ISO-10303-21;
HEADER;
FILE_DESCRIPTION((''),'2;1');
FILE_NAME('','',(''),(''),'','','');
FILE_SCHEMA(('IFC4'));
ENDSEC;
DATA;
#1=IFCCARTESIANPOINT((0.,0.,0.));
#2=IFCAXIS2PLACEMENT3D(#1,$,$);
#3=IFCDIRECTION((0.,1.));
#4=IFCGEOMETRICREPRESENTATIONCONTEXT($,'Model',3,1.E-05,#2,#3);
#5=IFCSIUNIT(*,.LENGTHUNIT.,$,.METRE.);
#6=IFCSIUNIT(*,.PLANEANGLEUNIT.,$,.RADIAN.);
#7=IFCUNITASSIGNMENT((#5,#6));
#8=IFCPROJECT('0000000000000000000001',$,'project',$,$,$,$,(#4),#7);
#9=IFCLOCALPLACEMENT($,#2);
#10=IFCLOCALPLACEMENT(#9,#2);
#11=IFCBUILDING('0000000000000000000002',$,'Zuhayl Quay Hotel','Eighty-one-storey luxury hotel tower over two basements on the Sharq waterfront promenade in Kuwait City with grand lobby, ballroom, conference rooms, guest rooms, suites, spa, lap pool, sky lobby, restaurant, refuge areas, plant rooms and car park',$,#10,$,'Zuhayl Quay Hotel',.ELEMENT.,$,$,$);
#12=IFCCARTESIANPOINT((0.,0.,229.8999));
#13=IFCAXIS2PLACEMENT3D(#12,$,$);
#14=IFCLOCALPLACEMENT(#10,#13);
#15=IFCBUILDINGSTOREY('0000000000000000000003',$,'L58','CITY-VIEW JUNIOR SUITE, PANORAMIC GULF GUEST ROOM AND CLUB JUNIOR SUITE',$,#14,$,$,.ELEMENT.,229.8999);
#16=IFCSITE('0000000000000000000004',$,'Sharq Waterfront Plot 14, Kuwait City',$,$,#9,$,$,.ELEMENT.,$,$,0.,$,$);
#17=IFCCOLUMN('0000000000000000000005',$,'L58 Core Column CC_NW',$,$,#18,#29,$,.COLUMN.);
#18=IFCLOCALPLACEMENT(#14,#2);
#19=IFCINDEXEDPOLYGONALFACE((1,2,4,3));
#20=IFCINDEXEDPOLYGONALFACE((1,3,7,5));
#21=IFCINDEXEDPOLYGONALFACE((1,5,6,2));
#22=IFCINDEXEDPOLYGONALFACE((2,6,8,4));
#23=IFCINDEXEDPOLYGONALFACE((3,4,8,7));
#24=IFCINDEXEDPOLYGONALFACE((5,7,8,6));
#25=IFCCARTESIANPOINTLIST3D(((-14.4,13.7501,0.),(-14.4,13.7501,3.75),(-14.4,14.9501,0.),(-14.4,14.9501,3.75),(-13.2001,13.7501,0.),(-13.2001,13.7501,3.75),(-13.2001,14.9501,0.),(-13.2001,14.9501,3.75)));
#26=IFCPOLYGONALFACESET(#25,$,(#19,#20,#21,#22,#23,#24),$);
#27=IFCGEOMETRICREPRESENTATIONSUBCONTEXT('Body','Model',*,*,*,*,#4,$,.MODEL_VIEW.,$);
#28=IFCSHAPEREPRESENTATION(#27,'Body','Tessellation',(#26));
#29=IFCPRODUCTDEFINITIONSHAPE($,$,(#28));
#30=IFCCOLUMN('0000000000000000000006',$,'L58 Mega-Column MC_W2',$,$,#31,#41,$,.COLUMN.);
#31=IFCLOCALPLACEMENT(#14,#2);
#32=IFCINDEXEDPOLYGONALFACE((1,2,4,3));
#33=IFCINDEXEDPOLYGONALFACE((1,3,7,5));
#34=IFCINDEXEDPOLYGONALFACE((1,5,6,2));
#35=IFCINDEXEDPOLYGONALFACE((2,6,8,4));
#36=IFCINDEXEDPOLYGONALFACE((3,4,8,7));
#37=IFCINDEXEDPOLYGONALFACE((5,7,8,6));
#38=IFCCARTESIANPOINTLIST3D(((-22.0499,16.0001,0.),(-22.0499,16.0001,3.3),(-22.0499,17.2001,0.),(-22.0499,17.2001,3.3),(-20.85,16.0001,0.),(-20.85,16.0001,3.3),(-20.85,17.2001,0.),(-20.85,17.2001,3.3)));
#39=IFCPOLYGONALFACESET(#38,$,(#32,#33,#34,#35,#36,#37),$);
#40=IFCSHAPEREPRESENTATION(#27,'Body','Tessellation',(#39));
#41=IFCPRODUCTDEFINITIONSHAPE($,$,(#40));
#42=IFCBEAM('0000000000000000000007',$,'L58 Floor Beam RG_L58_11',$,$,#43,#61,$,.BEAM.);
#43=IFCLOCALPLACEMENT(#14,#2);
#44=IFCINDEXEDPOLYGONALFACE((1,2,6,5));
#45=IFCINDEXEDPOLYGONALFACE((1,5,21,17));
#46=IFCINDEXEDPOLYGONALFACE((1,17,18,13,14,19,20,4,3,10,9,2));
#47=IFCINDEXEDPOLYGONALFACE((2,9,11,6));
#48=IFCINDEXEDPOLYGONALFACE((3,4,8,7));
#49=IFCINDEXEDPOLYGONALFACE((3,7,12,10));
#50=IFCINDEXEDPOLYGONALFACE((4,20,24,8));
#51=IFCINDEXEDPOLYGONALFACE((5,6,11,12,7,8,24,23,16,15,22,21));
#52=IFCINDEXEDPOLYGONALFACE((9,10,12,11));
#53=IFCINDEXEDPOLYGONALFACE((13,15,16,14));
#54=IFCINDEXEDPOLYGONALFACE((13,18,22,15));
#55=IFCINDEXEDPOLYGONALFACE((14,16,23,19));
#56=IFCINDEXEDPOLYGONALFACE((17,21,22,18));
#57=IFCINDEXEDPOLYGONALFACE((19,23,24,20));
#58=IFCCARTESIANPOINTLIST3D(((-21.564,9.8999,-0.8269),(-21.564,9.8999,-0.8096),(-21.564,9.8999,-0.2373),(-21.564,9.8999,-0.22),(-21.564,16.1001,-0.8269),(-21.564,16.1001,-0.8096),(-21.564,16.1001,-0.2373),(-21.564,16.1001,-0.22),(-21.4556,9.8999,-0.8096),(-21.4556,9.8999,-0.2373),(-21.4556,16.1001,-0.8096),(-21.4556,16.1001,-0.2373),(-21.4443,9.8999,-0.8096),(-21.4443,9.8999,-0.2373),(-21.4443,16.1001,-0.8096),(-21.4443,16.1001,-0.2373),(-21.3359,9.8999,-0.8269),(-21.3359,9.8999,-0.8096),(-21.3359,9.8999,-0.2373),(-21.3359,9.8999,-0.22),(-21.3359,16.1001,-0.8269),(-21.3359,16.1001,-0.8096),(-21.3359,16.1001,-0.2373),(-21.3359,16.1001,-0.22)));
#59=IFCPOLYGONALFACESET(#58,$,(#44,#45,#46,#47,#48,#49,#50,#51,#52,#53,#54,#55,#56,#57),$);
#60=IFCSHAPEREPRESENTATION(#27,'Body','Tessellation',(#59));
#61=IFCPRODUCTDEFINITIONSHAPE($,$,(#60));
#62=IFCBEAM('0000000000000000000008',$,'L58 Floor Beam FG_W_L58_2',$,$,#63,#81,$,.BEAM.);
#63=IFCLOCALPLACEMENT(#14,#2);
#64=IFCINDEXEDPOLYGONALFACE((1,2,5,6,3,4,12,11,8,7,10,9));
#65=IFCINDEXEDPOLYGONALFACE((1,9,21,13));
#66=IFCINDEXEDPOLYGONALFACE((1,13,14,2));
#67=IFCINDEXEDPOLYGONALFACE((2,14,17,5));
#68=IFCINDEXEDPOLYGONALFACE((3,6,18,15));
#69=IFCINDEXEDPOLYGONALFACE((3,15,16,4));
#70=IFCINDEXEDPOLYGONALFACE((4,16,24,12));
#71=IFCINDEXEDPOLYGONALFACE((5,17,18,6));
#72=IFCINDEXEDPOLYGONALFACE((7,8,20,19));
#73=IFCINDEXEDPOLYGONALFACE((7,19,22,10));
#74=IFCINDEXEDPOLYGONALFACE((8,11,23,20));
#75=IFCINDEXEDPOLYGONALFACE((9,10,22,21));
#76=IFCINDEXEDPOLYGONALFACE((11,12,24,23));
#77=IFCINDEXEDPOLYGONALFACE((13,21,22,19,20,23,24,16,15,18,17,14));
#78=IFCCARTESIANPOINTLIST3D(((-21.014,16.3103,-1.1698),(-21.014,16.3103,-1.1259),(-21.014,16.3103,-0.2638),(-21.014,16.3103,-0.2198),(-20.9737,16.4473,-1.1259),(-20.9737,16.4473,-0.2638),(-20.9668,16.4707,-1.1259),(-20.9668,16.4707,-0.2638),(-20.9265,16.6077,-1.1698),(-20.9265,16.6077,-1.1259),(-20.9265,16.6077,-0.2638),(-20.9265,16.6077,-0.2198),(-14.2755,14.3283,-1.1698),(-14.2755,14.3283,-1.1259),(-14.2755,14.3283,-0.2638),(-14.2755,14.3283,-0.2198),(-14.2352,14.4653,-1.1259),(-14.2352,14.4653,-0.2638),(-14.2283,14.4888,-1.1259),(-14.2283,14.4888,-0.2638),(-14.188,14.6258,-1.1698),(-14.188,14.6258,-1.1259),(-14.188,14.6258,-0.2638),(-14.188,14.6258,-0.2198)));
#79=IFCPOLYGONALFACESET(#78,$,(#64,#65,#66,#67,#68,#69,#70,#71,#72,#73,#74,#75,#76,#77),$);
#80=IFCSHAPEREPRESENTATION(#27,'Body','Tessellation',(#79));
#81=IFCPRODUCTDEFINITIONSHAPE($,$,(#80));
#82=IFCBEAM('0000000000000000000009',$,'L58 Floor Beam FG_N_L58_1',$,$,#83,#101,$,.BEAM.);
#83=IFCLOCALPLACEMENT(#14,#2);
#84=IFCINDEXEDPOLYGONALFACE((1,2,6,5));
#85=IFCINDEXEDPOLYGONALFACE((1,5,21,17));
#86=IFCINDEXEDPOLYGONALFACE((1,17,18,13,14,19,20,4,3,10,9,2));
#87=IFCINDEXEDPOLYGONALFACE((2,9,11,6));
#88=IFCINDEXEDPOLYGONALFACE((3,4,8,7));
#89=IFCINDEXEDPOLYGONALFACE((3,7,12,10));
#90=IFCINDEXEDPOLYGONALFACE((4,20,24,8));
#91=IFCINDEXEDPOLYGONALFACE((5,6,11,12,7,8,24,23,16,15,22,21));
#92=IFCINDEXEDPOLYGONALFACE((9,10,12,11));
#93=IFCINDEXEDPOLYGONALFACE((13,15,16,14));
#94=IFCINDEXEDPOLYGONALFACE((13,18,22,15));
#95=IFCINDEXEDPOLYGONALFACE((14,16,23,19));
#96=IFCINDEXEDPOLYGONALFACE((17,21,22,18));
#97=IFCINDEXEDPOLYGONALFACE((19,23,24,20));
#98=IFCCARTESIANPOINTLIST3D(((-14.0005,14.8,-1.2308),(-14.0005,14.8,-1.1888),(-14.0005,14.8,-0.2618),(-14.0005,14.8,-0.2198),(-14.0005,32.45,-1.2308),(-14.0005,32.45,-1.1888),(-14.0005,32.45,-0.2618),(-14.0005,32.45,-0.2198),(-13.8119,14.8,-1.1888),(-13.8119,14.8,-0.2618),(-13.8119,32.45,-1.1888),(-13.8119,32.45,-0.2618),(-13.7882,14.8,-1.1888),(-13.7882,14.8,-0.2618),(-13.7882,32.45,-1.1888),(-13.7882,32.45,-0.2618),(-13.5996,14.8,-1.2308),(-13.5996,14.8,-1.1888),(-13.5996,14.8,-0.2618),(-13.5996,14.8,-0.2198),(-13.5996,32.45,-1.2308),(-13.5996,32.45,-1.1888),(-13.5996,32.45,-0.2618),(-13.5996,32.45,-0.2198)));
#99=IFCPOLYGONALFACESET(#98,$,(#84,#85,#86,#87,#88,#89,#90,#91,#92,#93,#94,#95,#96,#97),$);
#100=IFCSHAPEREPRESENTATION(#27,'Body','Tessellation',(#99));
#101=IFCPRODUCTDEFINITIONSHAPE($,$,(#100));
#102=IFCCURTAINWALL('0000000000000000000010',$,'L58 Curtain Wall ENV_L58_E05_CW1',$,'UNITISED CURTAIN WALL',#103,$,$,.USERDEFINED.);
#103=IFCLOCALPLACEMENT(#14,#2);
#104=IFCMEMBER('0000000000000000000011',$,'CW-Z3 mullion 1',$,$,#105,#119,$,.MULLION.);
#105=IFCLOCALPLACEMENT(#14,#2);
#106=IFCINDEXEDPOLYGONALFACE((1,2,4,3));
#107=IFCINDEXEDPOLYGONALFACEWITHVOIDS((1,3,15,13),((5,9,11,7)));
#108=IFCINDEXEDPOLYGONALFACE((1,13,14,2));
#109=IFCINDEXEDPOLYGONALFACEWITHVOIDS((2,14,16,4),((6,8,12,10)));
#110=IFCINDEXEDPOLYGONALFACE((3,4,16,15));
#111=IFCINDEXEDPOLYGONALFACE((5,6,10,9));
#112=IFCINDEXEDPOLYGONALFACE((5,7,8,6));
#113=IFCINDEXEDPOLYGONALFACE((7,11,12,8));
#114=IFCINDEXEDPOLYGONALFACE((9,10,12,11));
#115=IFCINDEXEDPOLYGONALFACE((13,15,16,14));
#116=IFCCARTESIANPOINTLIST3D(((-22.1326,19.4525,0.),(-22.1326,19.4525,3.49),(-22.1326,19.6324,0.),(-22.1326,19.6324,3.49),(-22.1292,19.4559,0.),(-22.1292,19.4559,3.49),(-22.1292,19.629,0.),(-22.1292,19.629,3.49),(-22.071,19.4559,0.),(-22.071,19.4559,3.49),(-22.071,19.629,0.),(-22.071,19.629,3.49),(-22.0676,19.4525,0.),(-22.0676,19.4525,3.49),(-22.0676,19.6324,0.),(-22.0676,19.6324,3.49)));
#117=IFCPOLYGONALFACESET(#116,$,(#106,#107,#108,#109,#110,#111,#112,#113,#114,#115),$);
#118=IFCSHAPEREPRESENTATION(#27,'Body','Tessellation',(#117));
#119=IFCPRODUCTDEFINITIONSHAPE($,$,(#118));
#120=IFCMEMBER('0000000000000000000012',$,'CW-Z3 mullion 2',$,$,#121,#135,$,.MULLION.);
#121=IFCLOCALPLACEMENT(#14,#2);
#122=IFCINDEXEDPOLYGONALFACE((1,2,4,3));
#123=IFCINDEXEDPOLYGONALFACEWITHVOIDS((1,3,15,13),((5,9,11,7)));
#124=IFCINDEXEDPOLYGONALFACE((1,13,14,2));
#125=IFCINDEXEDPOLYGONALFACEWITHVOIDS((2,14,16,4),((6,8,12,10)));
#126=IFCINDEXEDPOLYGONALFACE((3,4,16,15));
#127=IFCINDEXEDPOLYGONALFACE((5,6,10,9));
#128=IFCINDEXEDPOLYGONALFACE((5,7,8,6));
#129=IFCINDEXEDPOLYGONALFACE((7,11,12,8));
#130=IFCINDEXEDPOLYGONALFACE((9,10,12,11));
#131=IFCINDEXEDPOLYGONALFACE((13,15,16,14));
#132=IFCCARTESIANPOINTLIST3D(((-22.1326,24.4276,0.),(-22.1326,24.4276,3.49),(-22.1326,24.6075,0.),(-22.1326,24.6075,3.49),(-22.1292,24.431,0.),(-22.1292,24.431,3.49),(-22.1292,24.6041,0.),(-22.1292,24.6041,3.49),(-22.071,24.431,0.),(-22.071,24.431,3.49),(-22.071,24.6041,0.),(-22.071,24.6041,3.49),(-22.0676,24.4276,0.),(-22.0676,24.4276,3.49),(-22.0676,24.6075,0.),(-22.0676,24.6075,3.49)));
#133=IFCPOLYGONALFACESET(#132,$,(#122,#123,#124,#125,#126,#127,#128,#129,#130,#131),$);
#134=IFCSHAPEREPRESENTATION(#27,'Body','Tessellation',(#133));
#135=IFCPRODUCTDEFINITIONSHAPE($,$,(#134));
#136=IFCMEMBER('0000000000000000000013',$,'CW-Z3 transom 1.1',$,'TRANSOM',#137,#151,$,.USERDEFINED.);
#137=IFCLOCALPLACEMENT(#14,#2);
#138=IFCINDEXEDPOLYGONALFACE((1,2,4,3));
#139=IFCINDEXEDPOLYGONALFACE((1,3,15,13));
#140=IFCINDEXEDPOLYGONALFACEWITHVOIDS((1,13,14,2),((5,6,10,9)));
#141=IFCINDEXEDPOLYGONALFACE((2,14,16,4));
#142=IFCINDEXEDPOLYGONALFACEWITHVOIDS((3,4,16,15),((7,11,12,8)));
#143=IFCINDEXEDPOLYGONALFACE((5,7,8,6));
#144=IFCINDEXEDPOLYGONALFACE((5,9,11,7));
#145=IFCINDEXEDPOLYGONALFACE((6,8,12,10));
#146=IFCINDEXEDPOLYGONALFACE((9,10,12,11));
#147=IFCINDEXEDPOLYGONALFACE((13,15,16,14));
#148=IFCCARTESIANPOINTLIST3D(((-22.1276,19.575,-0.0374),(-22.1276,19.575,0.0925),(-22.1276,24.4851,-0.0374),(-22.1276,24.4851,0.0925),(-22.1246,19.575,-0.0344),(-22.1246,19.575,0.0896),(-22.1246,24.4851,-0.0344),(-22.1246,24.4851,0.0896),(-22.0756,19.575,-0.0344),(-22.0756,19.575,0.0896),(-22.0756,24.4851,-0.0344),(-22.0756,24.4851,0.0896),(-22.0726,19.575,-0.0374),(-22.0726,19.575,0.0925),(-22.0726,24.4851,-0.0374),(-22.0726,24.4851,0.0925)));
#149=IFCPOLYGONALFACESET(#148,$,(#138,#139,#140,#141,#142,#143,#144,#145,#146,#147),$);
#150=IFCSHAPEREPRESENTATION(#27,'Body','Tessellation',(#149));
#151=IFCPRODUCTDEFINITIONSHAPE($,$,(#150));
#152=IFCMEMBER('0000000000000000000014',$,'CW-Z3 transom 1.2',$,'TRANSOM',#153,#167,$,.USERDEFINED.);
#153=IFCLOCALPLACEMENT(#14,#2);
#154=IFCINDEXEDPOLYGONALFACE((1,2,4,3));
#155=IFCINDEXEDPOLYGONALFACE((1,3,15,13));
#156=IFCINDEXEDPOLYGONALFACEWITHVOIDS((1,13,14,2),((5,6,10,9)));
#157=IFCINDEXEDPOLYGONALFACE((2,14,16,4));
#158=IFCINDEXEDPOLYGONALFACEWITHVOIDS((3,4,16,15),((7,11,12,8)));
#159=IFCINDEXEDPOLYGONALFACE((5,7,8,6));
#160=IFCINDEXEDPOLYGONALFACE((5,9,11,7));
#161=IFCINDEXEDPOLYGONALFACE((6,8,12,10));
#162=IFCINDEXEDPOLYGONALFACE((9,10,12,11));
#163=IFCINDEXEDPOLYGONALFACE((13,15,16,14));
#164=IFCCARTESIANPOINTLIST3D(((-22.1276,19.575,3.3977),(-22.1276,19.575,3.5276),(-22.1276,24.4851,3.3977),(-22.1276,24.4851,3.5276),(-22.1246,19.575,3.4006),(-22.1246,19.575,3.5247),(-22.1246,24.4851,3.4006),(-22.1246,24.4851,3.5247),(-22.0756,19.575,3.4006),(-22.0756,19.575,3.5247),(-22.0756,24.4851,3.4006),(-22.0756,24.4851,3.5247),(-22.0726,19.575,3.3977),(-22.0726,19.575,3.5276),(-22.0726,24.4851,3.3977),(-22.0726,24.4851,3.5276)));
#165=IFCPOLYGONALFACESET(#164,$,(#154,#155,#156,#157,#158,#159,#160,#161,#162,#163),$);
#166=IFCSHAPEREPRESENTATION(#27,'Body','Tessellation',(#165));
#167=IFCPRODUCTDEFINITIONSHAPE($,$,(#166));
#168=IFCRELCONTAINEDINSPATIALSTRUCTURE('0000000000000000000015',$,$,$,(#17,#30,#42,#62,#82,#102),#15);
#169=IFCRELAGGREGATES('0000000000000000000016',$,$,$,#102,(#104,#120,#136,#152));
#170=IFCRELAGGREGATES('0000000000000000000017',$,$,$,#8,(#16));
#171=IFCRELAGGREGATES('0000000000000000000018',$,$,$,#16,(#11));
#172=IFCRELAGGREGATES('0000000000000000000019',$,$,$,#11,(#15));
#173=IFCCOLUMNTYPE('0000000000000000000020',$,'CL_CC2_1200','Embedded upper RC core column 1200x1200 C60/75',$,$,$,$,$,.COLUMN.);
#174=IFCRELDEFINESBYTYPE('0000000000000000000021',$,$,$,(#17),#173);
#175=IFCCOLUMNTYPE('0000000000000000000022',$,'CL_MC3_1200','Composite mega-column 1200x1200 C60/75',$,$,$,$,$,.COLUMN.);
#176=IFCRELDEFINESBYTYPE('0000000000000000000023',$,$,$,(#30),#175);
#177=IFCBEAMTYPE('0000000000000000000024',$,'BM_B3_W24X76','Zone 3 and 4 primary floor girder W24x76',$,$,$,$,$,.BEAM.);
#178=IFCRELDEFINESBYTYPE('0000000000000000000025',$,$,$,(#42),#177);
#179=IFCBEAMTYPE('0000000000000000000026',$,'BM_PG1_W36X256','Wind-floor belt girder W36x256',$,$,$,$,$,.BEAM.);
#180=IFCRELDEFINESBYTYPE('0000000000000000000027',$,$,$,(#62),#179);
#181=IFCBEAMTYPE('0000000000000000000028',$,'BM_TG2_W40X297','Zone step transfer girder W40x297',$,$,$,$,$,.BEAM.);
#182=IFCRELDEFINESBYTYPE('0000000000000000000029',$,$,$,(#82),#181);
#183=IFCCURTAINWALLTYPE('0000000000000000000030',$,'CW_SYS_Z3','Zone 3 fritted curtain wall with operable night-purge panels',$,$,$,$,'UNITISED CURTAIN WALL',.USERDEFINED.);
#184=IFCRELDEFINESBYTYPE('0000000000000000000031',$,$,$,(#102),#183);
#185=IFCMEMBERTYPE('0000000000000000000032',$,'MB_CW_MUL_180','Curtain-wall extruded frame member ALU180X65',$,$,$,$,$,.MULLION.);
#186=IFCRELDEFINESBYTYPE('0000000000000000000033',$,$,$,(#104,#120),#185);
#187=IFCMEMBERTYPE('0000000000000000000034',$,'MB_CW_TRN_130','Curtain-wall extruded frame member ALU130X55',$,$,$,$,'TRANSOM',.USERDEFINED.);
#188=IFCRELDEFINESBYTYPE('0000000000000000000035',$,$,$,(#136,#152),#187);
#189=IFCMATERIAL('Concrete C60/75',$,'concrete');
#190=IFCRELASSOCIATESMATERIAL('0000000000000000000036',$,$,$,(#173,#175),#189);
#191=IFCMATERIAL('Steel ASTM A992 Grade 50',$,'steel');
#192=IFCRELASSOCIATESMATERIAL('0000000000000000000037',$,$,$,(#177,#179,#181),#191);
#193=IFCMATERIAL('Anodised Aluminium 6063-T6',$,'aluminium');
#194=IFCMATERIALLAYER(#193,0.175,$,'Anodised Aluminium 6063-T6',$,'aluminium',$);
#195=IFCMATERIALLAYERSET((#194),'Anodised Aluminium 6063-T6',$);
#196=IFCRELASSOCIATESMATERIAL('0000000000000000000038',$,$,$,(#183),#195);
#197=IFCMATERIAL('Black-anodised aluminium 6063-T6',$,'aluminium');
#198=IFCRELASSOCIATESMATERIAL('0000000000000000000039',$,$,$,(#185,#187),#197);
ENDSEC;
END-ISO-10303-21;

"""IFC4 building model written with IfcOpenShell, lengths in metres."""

from ifc_helpers import new_model, si_unit, direction, frame, origin, origin_2d, place, context, subcontext, project, spatial, rectangle, hollow_rectangle, i_section, extrude, material, layer, layer_set, material_profile, profile_set, type_object, element, aggregate, save


model = new_model("IFC4")

# Units and contexts
model_context = context("Model", 3, precision=1e-05, world=origin(), true_north=direction((0.0, 1.0)))
body_context = subcontext(model_context, "Body", "Model", "MODEL_VIEW")
ifc_project = project(units=[si_unit("LENGTHUNIT", "METRE"), si_unit("PLANEANGLEUNIT", "RADIAN")], contexts=[model_context])

# Site, building, storey
site_placement = place(None, origin())
site = spatial("IfcSite", under=ifc_project, at=site_placement, Name="Sharq Waterfront Plot 14, Kuwait City", CompositionType="ELEMENT", RefElevation=0.0)
building_placement = place(site_placement, origin())
building = spatial("IfcBuilding", under=site, at=building_placement, Name="Zuhayl Quay Hotel", Description="Eighty-one-storey luxury hotel tower over two basements on the Sharq waterfront promenade in Kuwait City with grand lobby, ballroom, conference rooms, guest rooms, suites, spa, lap pool, sky lobby, restaurant, refuge areas, plant rooms and car park", LongName="Zuhayl Quay Hotel", CompositionType="ELEMENT")
storey_placement = place(building_placement, frame((0.0, 0.0, 229.8999)))
storey = spatial("IfcBuildingStorey", under=building, at=storey_placement, Name="L58", Description="CITY-VIEW JUNIOR SUITE, PANORAMIC GULF GUEST ROOM AND CLUB JUNIOR SUITE", CompositionType="ELEMENT", Elevation=229.8999)

# Columns
ifc_material_1 = material(Name="Concrete C60/75", Category="concrete")
ifc_material_profile_1 = material_profile(ifc_material_1, rectangle(XDim=1.2, YDim=1.2, at=origin_2d()), Name="RC1200X1200")
ifc_profile_set_1 = profile_set([ifc_material_profile_1], Name="Concrete C60/75")
column_type_1 = type_object("IfcColumnType", Name="CL_CC2_1200", Description="Embedded upper RC core column 1200x1200 C60/75", PredefinedType="COLUMN", material=ifc_profile_set_1)
column_1_placement = place(storey_placement, frame((-13.8, 14.3501, 0.0), z_axis=(0.0, 0.0, 1.0), x_axis=(1.0, 0.0, 0.0)))
element("IfcColumn", 1, at=column_1_placement, inside=storey, type_object=column_type_1, Name="L58 Core Column CC_NW", PredefinedType="COLUMN", context=body_context, shape_type="SweptSolid", body=[
    extrude(rectangle(XDim=1.2, YDim=1.2, at=origin_2d()), origin(), (0.0, 0.0, 1.0), 3.75),
])
ifc_material_profile_2 = material_profile(ifc_material_1, rectangle(XDim=1.2, YDim=1.2, at=origin_2d()), Name="RC1200X1200")
ifc_profile_set_2 = profile_set([ifc_material_profile_2], Name="Concrete C60/75")
column_type_2 = type_object("IfcColumnType", Name="CL_MC3_1200", Description="Composite mega-column 1200x1200 C60/75", PredefinedType="COLUMN", material=ifc_profile_set_2)
column_2_placement = place(storey_placement, frame((-21.45, 16.6001, 0.0), z_axis=(0.0, 0.0, 1.0), x_axis=(1.0, 0.0, 0.0)))
element("IfcColumn", 2, at=column_2_placement, inside=storey, type_object=column_type_2, Name="L58 Mega-Column MC_W2", PredefinedType="COLUMN", context=body_context, shape_type="SweptSolid", body=[
    extrude(rectangle(XDim=1.2, YDim=1.2, at=origin_2d()), origin(), (0.0, 0.0, 1.0), 3.3),
])

# Beams
ifc_material_2 = material(Name="Steel ASTM A992 Grade 50", Category="steel")
ifc_material_profile_3 = material_profile(ifc_material_2, i_section(OverallWidth=0.228, OverallDepth=0.6069, WebThickness=0.0112, FlangeThickness=0.0173, at=origin_2d()), Name="W24X76")
ifc_profile_set_3 = profile_set([ifc_material_profile_3], Name="Steel ASTM A992 Grade 50")
beam_type_1 = type_object("IfcBeamType", Name="BM_B3_W24X76", Description="Zone 3 and 4 primary floor girder W24x76", PredefinedType="BEAM", material=ifc_profile_set_3)
beam_1_placement = place(storey_placement, frame((-21.45, 16.1001, -0.5234), z_axis=(0.0, -1.0, 0.0), x_axis=(1.0, 0.0, 0.0)))
element("IfcBeam", 3, at=beam_1_placement, inside=storey, type_object=beam_type_1, Name="L58 Floor Beam RG_L58_11", PredefinedType="BEAM", context=body_context, shape_type="SweptSolid", body=[
    extrude(i_section(OverallWidth=0.228, OverallDepth=0.6069, WebThickness=0.0112, FlangeThickness=0.0173, at=origin_2d()), origin(), (0.0, 0.0, 1.0), 6.2002),
])
ifc_material_profile_4 = material_profile(ifc_material_2, i_section(OverallWidth=0.3101, OverallDepth=0.95, WebThickness=0.0244, FlangeThickness=0.0439, at=origin_2d()), Name="W36X256")
ifc_profile_set_4 = profile_set([ifc_material_profile_4], Name="Steel ASTM A992 Grade 50")
beam_type_2 = type_object("IfcBeamType", Name="BM_PG1_W36X256", Description="Wind-floor belt girder W36x256", PredefinedType="BEAM", material=ifc_profile_set_4)
beam_2_placement = place(storey_placement, frame((-20.9702, 16.459, -0.6948), z_axis=(0.959365, -0.282168, 0.0), x_axis=(0.282168, 0.959365, 0.0)))
element("IfcBeam", 4, at=beam_2_placement, inside=storey, type_object=beam_type_2, Name="L58 Floor Beam FG_W_L58_2", PredefinedType="BEAM", context=body_context, shape_type="SweptSolid", body=[
    extrude(i_section(OverallWidth=0.3101, OverallDepth=0.95, WebThickness=0.0244, FlangeThickness=0.0439, at=origin_2d()), origin(), (0.0, 0.0, 1.0), 7.0239),
])
ifc_material_profile_5 = material_profile(ifc_material_2, i_section(OverallWidth=0.4009, OverallDepth=1.011, WebThickness=0.0237, FlangeThickness=0.042, at=origin_2d()), Name="W40X297")
ifc_profile_set_5 = profile_set([ifc_material_profile_5], Name="Steel ASTM A992 Grade 50")
beam_type_3 = type_object("IfcBeamType", Name="BM_TG2_W40X297", Description="Zone step transfer girder W40x297", PredefinedType="BEAM", material=ifc_profile_set_5)
beam_3_placement = place(storey_placement, frame((-13.8, 14.8, -0.7253), z_axis=(0.0, 1.0, 0.0), x_axis=(-1.0, 0.0, 0.0)))
element("IfcBeam", 5, at=beam_3_placement, inside=storey, type_object=beam_type_3, Name="L58 Floor Beam FG_N_L58_1", PredefinedType="BEAM", context=body_context, shape_type="SweptSolid", body=[
    extrude(i_section(OverallWidth=0.4009, OverallDepth=1.011, WebThickness=0.0237, FlangeThickness=0.042, at=origin_2d()), origin(), (0.0, 0.0, 1.0), 17.6499),
])

# Curtain wall, members
ifc_material_3 = material(Name="Anodised Aluminium 6063-T6", Category="aluminium")
ifc_layer_1 = layer(ifc_material_3, 0.175, Name="Anodised Aluminium 6063-T6", Category="aluminium")
ifc_layer_set_1 = layer_set([ifc_layer_1], Name="Anodised Aluminium 6063-T6")
curtain_wall_type = type_object("IfcCurtainWallType", Name="CW_SYS_Z3", Description="Zone 3 fritted curtain wall with operable night-purge panels", ElementType="UNITISED CURTAIN WALL", PredefinedType="USERDEFINED", material=ifc_layer_set_1)
curtain_wall_placement = place(storey_placement, origin())
curtain_wall = element("IfcCurtainWall", 6, at=curtain_wall_placement, inside=storey, type_object=curtain_wall_type, Name="L58 Curtain Wall ENV_L58_E05_CW1", ObjectType="UNITISED CURTAIN WALL", PredefinedType="USERDEFINED")
ifc_material_4 = material(Name="Black-anodised aluminium 6063-T6", Category="aluminium")
ifc_material_profile_6 = material_profile(ifc_material_4, hollow_rectangle(XDim=0.0649, YDim=0.1799, WallThickness=0.0034, at=origin_2d()), Name="ALU180X65")
ifc_profile_set_6 = profile_set([ifc_material_profile_6], Name="Black-anodised aluminium 6063-T6")
member_type_1 = type_object("IfcMemberType", Name="MB_CW_MUL_180", Description="Curtain-wall extruded frame member ALU180X65", PredefinedType="MULLION", material=ifc_profile_set_6)
member_1_placement = place(storey_placement, frame((-22.1001, 19.5425, 0.0), z_axis=(0.0, 0.0, 1.0), x_axis=(-1.0, 0.0, 0.0)))
member_1 = element("IfcMember", 7, at=member_1_placement, type_object=member_type_1, Name="CW-Z3 mullion 1", PredefinedType="MULLION", context=body_context, shape_type="SweptSolid", body=[
    extrude(hollow_rectangle(XDim=0.0649, YDim=0.1799, WallThickness=0.0034, at=origin_2d()), origin(), (0.0, 0.0, 1.0), 3.49),
])
member_2_placement = place(storey_placement, frame((-22.1001, 24.5176, 0.0), z_axis=(0.0, 0.0, 1.0), x_axis=(-1.0, 0.0, 0.0)))
member_2 = element("IfcMember", 8, at=member_2_placement, type_object=member_type_1, Name="CW-Z3 mullion 2", PredefinedType="MULLION", context=body_context, shape_type="SweptSolid", body=[
    extrude(hollow_rectangle(XDim=0.0649, YDim=0.1799, WallThickness=0.0034, at=origin_2d()), origin(), (0.0, 0.0, 1.0), 3.49),
])
ifc_material_profile_7 = material_profile(ifc_material_4, hollow_rectangle(XDim=0.0549, YDim=0.1299, WallThickness=0.0029, at=origin_2d()), Name="ALU130X55")
ifc_profile_set_7 = profile_set([ifc_material_profile_7], Name="Black-anodised aluminium 6063-T6")
member_type_2 = type_object("IfcMemberType", Name="MB_CW_TRN_130", Description="Curtain-wall extruded frame member ALU130X55", ElementType="TRANSOM", PredefinedType="USERDEFINED", material=ifc_profile_set_7)
member_3_placement = place(storey_placement, frame((-22.1001, 19.575, 0.0276), z_axis=(0.0, 1.0, 0.0), x_axis=(-1.0, 0.0, 0.0)))
member_3 = element("IfcMember", 9, at=member_3_placement, type_object=member_type_2, Name="CW-Z3 transom 1.1", ObjectType="TRANSOM", PredefinedType="USERDEFINED", context=body_context, shape_type="SweptSolid", body=[
    extrude(hollow_rectangle(XDim=0.0549, YDim=0.1299, WallThickness=0.0029, at=origin_2d()), origin(), (0.0, 0.0, 1.0), 4.9102),
])
member_4_placement = place(storey_placement, frame((-22.1001, 19.575, 3.4626), z_axis=(0.0, 1.0, 0.0), x_axis=(-1.0, 0.0, 0.0)))
member_4 = element("IfcMember", 10, at=member_4_placement, type_object=member_type_2, Name="CW-Z3 transom 1.2", ObjectType="TRANSOM", PredefinedType="USERDEFINED", context=body_context, shape_type="SweptSolid", body=[
    extrude(hollow_rectangle(XDim=0.0549, YDim=0.1299, WallThickness=0.0029, at=origin_2d()), origin(), (0.0, 0.0, 1.0), 4.9102),
])
aggregate(curtain_wall, [member_1, member_2, member_3, member_4])

save(model, "model.ifc")
